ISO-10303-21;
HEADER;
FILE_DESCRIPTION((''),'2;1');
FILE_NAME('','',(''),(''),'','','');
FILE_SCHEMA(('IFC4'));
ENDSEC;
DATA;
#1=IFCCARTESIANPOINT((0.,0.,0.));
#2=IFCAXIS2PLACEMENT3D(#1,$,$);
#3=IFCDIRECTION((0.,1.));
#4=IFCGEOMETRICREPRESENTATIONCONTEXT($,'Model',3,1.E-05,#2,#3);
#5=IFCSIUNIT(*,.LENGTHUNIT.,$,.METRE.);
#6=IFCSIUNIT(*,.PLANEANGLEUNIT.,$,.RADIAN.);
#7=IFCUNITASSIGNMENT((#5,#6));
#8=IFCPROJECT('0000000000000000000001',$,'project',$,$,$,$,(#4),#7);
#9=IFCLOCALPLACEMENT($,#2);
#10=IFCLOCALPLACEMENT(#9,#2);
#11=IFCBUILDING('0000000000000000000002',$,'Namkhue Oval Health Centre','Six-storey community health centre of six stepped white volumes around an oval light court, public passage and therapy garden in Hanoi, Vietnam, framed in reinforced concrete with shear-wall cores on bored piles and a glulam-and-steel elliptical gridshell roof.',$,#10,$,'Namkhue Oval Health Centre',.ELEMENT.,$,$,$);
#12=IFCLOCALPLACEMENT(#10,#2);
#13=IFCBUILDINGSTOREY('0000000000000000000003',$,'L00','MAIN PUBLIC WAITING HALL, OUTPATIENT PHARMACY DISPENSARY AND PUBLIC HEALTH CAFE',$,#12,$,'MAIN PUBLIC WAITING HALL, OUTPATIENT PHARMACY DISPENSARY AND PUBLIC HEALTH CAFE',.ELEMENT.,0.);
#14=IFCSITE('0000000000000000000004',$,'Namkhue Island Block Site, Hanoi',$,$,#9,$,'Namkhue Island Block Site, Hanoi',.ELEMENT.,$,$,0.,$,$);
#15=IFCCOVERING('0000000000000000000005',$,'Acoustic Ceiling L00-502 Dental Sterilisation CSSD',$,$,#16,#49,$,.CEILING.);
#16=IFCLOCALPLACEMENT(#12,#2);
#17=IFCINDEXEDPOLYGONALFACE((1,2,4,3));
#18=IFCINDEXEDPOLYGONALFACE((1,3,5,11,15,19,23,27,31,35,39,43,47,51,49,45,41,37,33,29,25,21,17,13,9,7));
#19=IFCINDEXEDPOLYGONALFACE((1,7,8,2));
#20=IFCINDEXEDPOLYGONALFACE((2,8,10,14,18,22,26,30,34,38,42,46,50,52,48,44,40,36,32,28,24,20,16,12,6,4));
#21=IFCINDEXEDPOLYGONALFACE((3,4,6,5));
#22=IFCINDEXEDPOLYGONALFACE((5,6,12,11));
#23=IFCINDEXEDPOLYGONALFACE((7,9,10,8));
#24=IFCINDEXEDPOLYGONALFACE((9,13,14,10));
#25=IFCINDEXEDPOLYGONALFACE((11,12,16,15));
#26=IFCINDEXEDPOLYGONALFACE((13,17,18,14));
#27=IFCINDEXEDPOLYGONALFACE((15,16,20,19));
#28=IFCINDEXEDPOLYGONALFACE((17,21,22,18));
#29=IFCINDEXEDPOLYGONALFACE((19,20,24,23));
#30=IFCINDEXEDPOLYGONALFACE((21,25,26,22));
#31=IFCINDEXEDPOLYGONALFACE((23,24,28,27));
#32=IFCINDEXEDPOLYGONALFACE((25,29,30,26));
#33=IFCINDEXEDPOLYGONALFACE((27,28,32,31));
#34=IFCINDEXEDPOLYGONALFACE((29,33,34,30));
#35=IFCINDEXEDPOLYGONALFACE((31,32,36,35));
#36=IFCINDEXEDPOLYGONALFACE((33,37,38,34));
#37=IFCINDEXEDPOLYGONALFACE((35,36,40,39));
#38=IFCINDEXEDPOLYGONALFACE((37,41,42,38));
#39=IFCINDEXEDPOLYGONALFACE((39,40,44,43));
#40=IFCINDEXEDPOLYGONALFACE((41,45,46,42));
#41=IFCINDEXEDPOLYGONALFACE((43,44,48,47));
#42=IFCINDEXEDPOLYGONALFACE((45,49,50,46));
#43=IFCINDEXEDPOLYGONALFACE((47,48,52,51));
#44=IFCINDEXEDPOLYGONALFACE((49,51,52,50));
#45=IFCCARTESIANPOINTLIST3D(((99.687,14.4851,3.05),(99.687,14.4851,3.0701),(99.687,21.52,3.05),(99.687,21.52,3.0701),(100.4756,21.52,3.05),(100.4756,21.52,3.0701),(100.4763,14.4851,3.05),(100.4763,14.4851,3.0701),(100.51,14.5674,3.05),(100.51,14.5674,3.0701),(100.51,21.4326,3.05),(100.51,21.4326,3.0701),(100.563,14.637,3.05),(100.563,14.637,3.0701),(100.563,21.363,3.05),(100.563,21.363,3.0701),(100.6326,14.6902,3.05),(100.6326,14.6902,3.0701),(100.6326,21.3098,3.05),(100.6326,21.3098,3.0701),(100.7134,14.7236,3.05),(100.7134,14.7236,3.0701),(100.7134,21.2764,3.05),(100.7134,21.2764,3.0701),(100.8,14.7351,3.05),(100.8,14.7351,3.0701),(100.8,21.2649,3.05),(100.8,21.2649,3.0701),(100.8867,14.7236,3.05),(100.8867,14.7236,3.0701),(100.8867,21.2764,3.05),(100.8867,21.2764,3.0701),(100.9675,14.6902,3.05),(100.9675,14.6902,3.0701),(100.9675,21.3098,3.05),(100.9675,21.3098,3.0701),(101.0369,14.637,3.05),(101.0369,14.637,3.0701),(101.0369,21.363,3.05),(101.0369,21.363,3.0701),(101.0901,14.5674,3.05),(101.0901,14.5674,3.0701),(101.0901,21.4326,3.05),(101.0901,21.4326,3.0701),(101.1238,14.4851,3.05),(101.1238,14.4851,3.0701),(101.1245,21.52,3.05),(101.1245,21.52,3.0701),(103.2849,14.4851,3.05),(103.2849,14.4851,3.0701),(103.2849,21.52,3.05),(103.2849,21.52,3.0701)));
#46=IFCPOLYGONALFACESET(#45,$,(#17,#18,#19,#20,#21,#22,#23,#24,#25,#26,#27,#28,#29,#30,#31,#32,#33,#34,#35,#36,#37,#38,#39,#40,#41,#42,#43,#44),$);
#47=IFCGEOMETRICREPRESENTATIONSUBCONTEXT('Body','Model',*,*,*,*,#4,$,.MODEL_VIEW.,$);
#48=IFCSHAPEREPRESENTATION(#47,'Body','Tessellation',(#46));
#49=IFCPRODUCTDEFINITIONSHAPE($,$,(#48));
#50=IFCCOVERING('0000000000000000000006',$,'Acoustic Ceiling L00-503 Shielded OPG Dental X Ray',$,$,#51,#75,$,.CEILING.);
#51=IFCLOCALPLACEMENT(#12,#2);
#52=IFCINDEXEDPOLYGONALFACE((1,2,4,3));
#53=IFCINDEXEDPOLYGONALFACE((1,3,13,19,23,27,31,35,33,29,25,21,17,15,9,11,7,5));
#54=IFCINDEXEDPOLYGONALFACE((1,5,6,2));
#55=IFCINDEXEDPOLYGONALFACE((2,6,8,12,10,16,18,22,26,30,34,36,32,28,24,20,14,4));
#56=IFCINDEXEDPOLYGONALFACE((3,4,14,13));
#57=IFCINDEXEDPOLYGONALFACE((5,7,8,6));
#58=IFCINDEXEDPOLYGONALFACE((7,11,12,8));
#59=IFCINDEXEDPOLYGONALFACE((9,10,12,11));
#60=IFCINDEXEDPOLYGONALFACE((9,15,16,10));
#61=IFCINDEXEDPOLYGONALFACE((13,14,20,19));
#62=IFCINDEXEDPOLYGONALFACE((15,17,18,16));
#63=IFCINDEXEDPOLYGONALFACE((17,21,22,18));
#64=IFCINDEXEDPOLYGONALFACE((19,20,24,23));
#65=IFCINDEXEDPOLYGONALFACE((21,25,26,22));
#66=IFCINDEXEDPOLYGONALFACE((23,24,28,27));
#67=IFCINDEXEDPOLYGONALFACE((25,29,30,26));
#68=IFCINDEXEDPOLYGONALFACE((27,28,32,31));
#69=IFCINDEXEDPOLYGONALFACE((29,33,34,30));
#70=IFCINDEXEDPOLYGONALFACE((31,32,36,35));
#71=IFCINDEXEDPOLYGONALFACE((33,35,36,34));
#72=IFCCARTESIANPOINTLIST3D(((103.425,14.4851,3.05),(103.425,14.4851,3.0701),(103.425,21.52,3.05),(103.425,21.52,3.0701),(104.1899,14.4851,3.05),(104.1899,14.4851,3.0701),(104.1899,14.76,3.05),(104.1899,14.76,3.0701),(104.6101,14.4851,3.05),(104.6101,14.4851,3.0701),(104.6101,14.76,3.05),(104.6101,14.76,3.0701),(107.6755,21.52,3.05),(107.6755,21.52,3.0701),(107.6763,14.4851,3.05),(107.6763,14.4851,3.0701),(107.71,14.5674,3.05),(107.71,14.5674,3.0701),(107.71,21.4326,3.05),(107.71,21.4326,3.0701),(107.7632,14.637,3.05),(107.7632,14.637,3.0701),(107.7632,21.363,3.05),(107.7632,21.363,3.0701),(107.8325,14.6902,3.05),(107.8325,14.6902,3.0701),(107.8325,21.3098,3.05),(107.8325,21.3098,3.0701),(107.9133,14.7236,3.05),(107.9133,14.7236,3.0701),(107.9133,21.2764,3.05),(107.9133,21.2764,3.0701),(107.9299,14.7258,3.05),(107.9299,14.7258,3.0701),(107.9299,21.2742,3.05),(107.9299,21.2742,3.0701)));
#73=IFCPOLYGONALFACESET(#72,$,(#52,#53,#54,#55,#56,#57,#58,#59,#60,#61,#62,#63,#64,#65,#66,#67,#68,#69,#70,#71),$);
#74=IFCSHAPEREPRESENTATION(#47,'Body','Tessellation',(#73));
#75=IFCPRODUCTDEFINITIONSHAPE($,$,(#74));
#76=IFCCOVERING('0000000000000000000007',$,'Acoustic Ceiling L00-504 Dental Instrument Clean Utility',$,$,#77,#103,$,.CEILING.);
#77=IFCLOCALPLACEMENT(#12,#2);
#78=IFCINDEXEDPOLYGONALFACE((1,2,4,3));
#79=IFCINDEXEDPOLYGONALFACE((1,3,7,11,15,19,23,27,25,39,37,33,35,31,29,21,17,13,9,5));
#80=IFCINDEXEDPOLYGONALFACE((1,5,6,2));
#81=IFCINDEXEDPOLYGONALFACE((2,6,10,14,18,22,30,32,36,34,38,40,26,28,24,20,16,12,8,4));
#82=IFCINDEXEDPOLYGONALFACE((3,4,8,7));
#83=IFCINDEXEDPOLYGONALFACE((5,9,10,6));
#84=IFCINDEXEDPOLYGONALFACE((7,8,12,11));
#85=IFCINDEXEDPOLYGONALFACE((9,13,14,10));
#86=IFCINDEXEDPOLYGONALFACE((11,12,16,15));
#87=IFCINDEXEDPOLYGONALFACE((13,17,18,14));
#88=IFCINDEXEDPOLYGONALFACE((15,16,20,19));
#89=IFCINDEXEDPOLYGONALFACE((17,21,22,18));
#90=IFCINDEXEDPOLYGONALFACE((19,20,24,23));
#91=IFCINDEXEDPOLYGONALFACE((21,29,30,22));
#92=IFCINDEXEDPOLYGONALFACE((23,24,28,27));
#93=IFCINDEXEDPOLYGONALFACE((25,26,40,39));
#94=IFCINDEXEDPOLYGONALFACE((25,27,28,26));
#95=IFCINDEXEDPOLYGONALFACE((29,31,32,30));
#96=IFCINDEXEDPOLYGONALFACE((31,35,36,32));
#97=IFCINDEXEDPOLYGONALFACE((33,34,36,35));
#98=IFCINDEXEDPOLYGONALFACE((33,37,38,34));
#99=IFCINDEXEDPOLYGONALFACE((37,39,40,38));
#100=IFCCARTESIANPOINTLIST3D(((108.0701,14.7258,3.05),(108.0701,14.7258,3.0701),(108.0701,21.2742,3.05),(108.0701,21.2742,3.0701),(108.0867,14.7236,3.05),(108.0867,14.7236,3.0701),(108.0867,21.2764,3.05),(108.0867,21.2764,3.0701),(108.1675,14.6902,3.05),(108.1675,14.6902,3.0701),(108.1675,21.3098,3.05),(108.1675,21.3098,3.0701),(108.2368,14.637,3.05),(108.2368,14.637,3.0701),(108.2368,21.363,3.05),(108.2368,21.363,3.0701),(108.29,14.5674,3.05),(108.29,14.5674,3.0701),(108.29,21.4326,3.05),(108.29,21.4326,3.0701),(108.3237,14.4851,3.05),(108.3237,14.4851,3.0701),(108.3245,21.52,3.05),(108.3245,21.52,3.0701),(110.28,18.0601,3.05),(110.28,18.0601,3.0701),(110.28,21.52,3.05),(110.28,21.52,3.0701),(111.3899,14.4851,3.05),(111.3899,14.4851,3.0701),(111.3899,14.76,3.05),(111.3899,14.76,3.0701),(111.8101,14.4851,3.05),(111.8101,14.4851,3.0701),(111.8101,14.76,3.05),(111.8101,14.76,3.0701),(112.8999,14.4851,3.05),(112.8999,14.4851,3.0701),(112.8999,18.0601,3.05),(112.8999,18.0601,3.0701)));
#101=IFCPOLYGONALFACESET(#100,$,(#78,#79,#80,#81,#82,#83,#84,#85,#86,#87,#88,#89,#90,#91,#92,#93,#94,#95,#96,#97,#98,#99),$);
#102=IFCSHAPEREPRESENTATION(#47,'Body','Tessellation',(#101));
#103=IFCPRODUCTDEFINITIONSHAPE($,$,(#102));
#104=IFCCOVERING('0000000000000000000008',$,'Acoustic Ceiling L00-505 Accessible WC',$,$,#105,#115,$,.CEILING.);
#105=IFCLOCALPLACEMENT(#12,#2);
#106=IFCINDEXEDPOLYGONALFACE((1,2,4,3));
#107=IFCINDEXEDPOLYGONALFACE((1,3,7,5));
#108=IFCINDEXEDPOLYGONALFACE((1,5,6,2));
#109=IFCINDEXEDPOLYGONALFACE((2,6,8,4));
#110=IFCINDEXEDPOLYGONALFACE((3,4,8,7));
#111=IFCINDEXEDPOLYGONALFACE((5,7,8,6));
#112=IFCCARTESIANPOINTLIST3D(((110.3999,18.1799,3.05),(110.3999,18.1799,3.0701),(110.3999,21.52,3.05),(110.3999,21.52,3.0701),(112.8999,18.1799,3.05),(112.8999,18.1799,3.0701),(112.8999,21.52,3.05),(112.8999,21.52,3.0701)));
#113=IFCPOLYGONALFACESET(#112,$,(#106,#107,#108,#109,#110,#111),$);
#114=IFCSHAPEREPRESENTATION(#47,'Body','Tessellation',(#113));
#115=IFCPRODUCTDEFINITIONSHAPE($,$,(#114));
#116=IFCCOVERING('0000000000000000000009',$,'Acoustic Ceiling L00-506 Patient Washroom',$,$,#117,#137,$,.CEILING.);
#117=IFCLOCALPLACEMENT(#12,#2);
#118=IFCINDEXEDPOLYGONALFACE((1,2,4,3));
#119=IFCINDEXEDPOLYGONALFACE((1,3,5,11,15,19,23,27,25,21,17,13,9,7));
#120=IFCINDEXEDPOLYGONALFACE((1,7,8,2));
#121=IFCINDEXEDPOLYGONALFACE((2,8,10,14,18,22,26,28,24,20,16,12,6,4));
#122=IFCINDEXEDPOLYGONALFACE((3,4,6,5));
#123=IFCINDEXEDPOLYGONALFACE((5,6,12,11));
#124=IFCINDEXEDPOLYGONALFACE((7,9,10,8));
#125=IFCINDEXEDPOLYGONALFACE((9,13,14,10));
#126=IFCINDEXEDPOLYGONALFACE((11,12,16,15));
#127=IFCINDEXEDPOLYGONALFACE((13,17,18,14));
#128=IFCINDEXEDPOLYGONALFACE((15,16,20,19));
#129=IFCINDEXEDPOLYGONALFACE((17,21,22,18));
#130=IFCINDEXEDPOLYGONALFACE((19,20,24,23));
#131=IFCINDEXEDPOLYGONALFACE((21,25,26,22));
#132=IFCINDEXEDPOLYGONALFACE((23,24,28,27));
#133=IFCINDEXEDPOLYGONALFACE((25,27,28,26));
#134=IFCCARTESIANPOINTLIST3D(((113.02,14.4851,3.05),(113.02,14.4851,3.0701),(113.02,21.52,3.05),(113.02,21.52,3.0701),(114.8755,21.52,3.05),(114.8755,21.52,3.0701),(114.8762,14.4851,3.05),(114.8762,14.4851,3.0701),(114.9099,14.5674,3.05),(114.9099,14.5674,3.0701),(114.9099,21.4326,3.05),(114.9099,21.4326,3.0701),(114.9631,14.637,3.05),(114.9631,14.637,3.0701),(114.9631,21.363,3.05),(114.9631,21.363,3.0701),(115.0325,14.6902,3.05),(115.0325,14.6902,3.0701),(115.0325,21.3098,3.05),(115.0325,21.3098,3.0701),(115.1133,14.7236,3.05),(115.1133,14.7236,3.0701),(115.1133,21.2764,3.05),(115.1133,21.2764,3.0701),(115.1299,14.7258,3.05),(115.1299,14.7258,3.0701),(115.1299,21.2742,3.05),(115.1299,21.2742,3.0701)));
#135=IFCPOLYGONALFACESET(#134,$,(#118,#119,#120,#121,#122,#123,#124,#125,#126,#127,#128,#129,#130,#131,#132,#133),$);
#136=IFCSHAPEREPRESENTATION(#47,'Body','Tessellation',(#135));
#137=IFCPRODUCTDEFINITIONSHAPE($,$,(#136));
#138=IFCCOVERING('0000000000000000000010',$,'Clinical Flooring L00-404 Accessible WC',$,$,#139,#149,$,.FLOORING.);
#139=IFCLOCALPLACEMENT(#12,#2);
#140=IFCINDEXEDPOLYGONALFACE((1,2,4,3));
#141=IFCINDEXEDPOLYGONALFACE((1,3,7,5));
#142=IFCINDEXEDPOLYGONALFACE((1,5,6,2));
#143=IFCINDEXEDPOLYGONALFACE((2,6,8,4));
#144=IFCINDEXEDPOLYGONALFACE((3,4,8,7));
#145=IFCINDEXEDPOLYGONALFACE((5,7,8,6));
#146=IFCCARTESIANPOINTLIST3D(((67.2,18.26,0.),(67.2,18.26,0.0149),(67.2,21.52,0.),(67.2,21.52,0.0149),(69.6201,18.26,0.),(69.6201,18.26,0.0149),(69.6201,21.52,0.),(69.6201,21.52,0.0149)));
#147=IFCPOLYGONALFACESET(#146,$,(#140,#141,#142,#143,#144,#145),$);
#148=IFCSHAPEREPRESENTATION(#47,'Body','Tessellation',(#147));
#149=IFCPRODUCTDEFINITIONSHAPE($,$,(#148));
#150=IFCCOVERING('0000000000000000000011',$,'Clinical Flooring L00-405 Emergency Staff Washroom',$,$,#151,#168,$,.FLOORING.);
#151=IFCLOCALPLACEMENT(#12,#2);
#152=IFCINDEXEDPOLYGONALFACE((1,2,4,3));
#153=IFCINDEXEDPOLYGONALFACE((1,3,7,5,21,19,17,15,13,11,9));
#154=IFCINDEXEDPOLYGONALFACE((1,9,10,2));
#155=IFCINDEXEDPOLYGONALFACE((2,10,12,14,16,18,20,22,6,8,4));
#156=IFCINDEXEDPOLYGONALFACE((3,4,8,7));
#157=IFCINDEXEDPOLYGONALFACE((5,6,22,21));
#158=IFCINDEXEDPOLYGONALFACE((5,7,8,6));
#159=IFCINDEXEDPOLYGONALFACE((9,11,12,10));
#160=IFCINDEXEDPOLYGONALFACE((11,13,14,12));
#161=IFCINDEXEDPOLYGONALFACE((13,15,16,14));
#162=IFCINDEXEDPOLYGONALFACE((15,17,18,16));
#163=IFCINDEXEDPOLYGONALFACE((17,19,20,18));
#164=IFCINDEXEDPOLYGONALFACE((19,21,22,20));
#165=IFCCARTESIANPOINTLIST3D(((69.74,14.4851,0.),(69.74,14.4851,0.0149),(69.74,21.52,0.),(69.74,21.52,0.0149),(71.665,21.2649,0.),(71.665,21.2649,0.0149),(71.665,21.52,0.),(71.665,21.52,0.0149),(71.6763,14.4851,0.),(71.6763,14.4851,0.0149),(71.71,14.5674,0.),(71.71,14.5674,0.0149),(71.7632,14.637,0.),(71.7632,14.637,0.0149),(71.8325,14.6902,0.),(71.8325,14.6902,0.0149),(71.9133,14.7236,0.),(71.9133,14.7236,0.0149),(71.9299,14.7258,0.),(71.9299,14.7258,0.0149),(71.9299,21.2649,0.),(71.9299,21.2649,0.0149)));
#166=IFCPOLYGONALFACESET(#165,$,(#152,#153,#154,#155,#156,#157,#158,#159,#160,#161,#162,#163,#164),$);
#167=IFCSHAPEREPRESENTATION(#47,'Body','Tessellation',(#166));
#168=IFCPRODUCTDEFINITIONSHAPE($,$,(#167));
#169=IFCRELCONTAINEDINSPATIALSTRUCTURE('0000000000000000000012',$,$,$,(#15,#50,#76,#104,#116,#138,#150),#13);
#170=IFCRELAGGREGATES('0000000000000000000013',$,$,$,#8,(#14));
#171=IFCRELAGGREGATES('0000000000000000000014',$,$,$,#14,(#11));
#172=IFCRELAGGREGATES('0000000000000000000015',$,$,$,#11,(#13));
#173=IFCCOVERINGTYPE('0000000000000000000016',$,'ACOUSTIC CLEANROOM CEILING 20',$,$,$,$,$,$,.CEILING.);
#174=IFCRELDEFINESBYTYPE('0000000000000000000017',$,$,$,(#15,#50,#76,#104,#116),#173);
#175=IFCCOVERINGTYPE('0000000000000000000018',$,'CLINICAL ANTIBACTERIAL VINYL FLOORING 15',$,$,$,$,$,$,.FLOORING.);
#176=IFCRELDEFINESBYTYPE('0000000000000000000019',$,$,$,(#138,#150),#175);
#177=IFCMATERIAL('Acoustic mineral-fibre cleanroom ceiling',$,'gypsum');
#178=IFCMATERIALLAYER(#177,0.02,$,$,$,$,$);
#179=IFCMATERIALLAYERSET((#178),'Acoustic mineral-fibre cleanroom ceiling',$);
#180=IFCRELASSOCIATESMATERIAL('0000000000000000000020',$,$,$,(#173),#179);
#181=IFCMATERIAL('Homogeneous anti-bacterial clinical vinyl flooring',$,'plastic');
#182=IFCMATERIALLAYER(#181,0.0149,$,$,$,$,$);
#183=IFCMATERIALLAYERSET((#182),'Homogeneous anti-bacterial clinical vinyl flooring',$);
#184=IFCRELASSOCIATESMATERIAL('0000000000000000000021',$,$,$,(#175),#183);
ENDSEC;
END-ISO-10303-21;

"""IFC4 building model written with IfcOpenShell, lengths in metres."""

from ifc_helpers import new_model, si_unit, direction, frame, origin, place, context, subcontext, project, spatial, polyline, outline, extrude, material, layer, layer_set, type_object, element, save


model = new_model("IFC4")

# Units and contexts
model_context = context("Model", 3, precision=1e-05, world=origin(), true_north=direction((0.0, 1.0)))
body_context = subcontext(model_context, "Body", "Model", "MODEL_VIEW")
ifc_project = project(units=[si_unit("LENGTHUNIT", "METRE"), si_unit("PLANEANGLEUNIT", "RADIAN")], contexts=[model_context])

# Site, building, storey
site_placement = place(None, origin())
site = spatial("IfcSite", under=ifc_project, at=site_placement, Name="Namkhue Island Block Site, Hanoi", LongName="Namkhue Island Block Site, Hanoi", CompositionType="ELEMENT", RefElevation=0.0)
building_placement = place(site_placement, origin())
building = spatial("IfcBuilding", under=site, at=building_placement, Name="Namkhue Oval Health Centre", Description="Six-storey community health centre of six stepped white volumes around an oval light court, public passage and therapy garden in Hanoi, Vietnam, framed in reinforced concrete with shear-wall cores on bored piles and a glulam-and-steel elliptical gridshell roof.", LongName="Namkhue Oval Health Centre", CompositionType="ELEMENT")
storey_placement = place(building_placement, origin())
storey = spatial("IfcBuildingStorey", under=building, at=storey_placement, Name="L00", Description="MAIN PUBLIC WAITING HALL, OUTPATIENT PHARMACY DISPENSARY AND PUBLIC HEALTH CAFE", LongName="MAIN PUBLIC WAITING HALL, OUTPATIENT PHARMACY DISPENSARY AND PUBLIC HEALTH CAFE", CompositionType="ELEMENT", Elevation=0.0)

# Coverings
ifc_material_1 = material(Name="Acoustic mineral-fibre cleanroom ceiling", Category="gypsum")
ifc_layer_1 = layer(ifc_material_1, 0.02)
ifc_layer_set_1 = layer_set([ifc_layer_1], Name="Acoustic mineral-fibre cleanroom ceiling")
covering_type_1 = type_object("IfcCoveringType", Name="ACOUSTIC CLEANROOM CEILING 20", PredefinedType="CEILING", material=ifc_layer_set_1)
covering_1_placement = place(storey_placement, frame((0.0, 0.0, 3.05)))
element("IfcCovering", 1, at=covering_1_placement, inside=storey, type_object=covering_type_1, Name="Acoustic Ceiling L00-502 Dental Sterilisation CSSD", PredefinedType="CEILING", context=body_context, shape_type="SweptSolid", body=[
    extrude(outline(polyline([(101.1238, 14.4851), (101.0901, 14.5674), (101.0369, 14.637), (100.9675, 14.6902), (100.8867, 14.7236), (100.8, 14.7351), (100.7134, 14.7236), (100.6326, 14.6902), (100.563, 14.637), (100.51, 14.5674), (100.4763, 14.4851), (99.687, 14.4851), (99.687, 21.52), (100.4756, 21.52), (100.51, 21.4326), (100.563, 21.363), (100.6326, 21.3098), (100.7134, 21.2764), (100.8, 21.2649), (100.8867, 21.2764), (100.9675, 21.3098), (101.0369, 21.363), (101.0901, 21.4326), (101.1245, 21.52), (103.2849, 21.52), (103.2849, 14.4851), (101.1238, 14.4851)])), origin(), (0.0, 0.0, 1.0), 0.02),
])
covering_2_placement = place(storey_placement, frame((0.0, 0.0, 3.05)))
element("IfcCovering", 2, at=covering_2_placement, inside=storey, type_object=covering_type_1, Name="Acoustic Ceiling L00-503 Shielded OPG Dental X Ray", PredefinedType="CEILING", context=body_context, shape_type="SweptSolid", body=[
    extrude(outline(polyline([(104.6101, 14.4851), (104.6101, 14.76), (104.1899, 14.76), (104.1899, 14.4851), (103.425, 14.4851), (103.425, 21.52), (107.6755, 21.52), (107.71, 21.4326), (107.7632, 21.363), (107.8325, 21.3098), (107.9133, 21.2764), (107.9299, 21.2742), (107.9299, 14.7258), (107.9133, 14.7236), (107.8325, 14.6902), (107.7632, 14.637), (107.71, 14.5674), (107.6763, 14.4851), (104.6101, 14.4851)])), origin(), (0.0, 0.0, 1.0), 0.02),
])
covering_3_placement = place(storey_placement, frame((0.0, 0.0, 3.05)))
element("IfcCovering", 3, at=covering_3_placement, inside=storey, type_object=covering_type_1, Name="Acoustic Ceiling L00-504 Dental Instrument Clean Utility", PredefinedType="CEILING", context=body_context, shape_type="SweptSolid", body=[
    extrude(outline(polyline([(110.28, 21.52), (110.28, 18.0601), (112.8999, 18.0601), (112.8999, 14.4851), (111.8101, 14.4851), (111.8101, 14.76), (111.3899, 14.76), (111.3899, 14.4851), (108.3237, 14.4851), (108.29, 14.5674), (108.2368, 14.637), (108.1675, 14.6902), (108.0867, 14.7236), (108.0701, 14.7258), (108.0701, 21.2742), (108.0867, 21.2764), (108.1675, 21.3098), (108.2368, 21.363), (108.29, 21.4326), (108.3245, 21.52), (110.28, 21.52)])), origin(), (0.0, 0.0, 1.0), 0.02),
])
covering_4_placement = place(storey_placement, frame((0.0, 0.0, 3.05)))
element("IfcCovering", 4, at=covering_4_placement, inside=storey, type_object=covering_type_1, Name="Acoustic Ceiling L00-505 Accessible WC", PredefinedType="CEILING", context=body_context, shape_type="SweptSolid", body=[
    extrude(outline(polyline([(110.3999, 18.1799), (110.3999, 21.52), (112.8999, 21.52), (112.8999, 18.1799), (110.3999, 18.1799)])), origin(), (0.0, 0.0, 1.0), 0.02),
])
covering_5_placement = place(storey_placement, frame((0.0, 0.0, 3.05)))
element("IfcCovering", 5, at=covering_5_placement, inside=storey, type_object=covering_type_1, Name="Acoustic Ceiling L00-506 Patient Washroom", PredefinedType="CEILING", context=body_context, shape_type="SweptSolid", body=[
    extrude(outline(polyline([(113.02, 14.4851), (113.02, 21.52), (114.8755, 21.52), (114.9099, 21.4326), (114.9631, 21.363), (115.0325, 21.3098), (115.1133, 21.2764), (115.1299, 21.2742), (115.1299, 14.7258), (115.1133, 14.7236), (115.0325, 14.6902), (114.9631, 14.637), (114.9099, 14.5674), (114.8762, 14.4851), (113.02, 14.4851)])), origin(), (0.0, 0.0, 1.0), 0.02),
])
ifc_material_2 = material(Name="Homogeneous anti-bacterial clinical vinyl flooring", Category="plastic")
ifc_layer_2 = layer(ifc_material_2, 0.0149)
ifc_layer_set_2 = layer_set([ifc_layer_2], Name="Homogeneous anti-bacterial clinical vinyl flooring")
covering_type_2 = type_object("IfcCoveringType", Name="CLINICAL ANTIBACTERIAL VINYL FLOORING 15", PredefinedType="FLOORING", material=ifc_layer_set_2)
covering_6_placement = place(storey_placement, origin())
element("IfcCovering", 6, at=covering_6_placement, inside=storey, type_object=covering_type_2, Name="Clinical Flooring L00-404 Accessible WC", PredefinedType="FLOORING", context=body_context, shape_type="SweptSolid", body=[
    extrude(outline(polyline([(67.2, 18.26), (67.2, 21.52), (69.6201, 21.52), (69.6201, 18.26), (67.2, 18.26)])), origin(), (0.0, 0.0, 1.0), 0.0149),
])
covering_7_placement = place(storey_placement, origin())
element("IfcCovering", 7, at=covering_7_placement, inside=storey, type_object=covering_type_2, Name="Clinical Flooring L00-405 Emergency Staff Washroom", PredefinedType="FLOORING", context=body_context, shape_type="SweptSolid", body=[
    extrude(outline(polyline([(69.74, 14.4851), (69.74, 21.52), (71.665, 21.52), (71.665, 21.2649), (71.9299, 21.2649), (71.9299, 14.7258), (71.9133, 14.7236), (71.8325, 14.6902), (71.7632, 14.637), (71.71, 14.5674), (71.6763, 14.4851), (69.74, 14.4851)])), origin(), (0.0, 0.0, 1.0), 0.0149),
])

save(model, "model.ifc")
